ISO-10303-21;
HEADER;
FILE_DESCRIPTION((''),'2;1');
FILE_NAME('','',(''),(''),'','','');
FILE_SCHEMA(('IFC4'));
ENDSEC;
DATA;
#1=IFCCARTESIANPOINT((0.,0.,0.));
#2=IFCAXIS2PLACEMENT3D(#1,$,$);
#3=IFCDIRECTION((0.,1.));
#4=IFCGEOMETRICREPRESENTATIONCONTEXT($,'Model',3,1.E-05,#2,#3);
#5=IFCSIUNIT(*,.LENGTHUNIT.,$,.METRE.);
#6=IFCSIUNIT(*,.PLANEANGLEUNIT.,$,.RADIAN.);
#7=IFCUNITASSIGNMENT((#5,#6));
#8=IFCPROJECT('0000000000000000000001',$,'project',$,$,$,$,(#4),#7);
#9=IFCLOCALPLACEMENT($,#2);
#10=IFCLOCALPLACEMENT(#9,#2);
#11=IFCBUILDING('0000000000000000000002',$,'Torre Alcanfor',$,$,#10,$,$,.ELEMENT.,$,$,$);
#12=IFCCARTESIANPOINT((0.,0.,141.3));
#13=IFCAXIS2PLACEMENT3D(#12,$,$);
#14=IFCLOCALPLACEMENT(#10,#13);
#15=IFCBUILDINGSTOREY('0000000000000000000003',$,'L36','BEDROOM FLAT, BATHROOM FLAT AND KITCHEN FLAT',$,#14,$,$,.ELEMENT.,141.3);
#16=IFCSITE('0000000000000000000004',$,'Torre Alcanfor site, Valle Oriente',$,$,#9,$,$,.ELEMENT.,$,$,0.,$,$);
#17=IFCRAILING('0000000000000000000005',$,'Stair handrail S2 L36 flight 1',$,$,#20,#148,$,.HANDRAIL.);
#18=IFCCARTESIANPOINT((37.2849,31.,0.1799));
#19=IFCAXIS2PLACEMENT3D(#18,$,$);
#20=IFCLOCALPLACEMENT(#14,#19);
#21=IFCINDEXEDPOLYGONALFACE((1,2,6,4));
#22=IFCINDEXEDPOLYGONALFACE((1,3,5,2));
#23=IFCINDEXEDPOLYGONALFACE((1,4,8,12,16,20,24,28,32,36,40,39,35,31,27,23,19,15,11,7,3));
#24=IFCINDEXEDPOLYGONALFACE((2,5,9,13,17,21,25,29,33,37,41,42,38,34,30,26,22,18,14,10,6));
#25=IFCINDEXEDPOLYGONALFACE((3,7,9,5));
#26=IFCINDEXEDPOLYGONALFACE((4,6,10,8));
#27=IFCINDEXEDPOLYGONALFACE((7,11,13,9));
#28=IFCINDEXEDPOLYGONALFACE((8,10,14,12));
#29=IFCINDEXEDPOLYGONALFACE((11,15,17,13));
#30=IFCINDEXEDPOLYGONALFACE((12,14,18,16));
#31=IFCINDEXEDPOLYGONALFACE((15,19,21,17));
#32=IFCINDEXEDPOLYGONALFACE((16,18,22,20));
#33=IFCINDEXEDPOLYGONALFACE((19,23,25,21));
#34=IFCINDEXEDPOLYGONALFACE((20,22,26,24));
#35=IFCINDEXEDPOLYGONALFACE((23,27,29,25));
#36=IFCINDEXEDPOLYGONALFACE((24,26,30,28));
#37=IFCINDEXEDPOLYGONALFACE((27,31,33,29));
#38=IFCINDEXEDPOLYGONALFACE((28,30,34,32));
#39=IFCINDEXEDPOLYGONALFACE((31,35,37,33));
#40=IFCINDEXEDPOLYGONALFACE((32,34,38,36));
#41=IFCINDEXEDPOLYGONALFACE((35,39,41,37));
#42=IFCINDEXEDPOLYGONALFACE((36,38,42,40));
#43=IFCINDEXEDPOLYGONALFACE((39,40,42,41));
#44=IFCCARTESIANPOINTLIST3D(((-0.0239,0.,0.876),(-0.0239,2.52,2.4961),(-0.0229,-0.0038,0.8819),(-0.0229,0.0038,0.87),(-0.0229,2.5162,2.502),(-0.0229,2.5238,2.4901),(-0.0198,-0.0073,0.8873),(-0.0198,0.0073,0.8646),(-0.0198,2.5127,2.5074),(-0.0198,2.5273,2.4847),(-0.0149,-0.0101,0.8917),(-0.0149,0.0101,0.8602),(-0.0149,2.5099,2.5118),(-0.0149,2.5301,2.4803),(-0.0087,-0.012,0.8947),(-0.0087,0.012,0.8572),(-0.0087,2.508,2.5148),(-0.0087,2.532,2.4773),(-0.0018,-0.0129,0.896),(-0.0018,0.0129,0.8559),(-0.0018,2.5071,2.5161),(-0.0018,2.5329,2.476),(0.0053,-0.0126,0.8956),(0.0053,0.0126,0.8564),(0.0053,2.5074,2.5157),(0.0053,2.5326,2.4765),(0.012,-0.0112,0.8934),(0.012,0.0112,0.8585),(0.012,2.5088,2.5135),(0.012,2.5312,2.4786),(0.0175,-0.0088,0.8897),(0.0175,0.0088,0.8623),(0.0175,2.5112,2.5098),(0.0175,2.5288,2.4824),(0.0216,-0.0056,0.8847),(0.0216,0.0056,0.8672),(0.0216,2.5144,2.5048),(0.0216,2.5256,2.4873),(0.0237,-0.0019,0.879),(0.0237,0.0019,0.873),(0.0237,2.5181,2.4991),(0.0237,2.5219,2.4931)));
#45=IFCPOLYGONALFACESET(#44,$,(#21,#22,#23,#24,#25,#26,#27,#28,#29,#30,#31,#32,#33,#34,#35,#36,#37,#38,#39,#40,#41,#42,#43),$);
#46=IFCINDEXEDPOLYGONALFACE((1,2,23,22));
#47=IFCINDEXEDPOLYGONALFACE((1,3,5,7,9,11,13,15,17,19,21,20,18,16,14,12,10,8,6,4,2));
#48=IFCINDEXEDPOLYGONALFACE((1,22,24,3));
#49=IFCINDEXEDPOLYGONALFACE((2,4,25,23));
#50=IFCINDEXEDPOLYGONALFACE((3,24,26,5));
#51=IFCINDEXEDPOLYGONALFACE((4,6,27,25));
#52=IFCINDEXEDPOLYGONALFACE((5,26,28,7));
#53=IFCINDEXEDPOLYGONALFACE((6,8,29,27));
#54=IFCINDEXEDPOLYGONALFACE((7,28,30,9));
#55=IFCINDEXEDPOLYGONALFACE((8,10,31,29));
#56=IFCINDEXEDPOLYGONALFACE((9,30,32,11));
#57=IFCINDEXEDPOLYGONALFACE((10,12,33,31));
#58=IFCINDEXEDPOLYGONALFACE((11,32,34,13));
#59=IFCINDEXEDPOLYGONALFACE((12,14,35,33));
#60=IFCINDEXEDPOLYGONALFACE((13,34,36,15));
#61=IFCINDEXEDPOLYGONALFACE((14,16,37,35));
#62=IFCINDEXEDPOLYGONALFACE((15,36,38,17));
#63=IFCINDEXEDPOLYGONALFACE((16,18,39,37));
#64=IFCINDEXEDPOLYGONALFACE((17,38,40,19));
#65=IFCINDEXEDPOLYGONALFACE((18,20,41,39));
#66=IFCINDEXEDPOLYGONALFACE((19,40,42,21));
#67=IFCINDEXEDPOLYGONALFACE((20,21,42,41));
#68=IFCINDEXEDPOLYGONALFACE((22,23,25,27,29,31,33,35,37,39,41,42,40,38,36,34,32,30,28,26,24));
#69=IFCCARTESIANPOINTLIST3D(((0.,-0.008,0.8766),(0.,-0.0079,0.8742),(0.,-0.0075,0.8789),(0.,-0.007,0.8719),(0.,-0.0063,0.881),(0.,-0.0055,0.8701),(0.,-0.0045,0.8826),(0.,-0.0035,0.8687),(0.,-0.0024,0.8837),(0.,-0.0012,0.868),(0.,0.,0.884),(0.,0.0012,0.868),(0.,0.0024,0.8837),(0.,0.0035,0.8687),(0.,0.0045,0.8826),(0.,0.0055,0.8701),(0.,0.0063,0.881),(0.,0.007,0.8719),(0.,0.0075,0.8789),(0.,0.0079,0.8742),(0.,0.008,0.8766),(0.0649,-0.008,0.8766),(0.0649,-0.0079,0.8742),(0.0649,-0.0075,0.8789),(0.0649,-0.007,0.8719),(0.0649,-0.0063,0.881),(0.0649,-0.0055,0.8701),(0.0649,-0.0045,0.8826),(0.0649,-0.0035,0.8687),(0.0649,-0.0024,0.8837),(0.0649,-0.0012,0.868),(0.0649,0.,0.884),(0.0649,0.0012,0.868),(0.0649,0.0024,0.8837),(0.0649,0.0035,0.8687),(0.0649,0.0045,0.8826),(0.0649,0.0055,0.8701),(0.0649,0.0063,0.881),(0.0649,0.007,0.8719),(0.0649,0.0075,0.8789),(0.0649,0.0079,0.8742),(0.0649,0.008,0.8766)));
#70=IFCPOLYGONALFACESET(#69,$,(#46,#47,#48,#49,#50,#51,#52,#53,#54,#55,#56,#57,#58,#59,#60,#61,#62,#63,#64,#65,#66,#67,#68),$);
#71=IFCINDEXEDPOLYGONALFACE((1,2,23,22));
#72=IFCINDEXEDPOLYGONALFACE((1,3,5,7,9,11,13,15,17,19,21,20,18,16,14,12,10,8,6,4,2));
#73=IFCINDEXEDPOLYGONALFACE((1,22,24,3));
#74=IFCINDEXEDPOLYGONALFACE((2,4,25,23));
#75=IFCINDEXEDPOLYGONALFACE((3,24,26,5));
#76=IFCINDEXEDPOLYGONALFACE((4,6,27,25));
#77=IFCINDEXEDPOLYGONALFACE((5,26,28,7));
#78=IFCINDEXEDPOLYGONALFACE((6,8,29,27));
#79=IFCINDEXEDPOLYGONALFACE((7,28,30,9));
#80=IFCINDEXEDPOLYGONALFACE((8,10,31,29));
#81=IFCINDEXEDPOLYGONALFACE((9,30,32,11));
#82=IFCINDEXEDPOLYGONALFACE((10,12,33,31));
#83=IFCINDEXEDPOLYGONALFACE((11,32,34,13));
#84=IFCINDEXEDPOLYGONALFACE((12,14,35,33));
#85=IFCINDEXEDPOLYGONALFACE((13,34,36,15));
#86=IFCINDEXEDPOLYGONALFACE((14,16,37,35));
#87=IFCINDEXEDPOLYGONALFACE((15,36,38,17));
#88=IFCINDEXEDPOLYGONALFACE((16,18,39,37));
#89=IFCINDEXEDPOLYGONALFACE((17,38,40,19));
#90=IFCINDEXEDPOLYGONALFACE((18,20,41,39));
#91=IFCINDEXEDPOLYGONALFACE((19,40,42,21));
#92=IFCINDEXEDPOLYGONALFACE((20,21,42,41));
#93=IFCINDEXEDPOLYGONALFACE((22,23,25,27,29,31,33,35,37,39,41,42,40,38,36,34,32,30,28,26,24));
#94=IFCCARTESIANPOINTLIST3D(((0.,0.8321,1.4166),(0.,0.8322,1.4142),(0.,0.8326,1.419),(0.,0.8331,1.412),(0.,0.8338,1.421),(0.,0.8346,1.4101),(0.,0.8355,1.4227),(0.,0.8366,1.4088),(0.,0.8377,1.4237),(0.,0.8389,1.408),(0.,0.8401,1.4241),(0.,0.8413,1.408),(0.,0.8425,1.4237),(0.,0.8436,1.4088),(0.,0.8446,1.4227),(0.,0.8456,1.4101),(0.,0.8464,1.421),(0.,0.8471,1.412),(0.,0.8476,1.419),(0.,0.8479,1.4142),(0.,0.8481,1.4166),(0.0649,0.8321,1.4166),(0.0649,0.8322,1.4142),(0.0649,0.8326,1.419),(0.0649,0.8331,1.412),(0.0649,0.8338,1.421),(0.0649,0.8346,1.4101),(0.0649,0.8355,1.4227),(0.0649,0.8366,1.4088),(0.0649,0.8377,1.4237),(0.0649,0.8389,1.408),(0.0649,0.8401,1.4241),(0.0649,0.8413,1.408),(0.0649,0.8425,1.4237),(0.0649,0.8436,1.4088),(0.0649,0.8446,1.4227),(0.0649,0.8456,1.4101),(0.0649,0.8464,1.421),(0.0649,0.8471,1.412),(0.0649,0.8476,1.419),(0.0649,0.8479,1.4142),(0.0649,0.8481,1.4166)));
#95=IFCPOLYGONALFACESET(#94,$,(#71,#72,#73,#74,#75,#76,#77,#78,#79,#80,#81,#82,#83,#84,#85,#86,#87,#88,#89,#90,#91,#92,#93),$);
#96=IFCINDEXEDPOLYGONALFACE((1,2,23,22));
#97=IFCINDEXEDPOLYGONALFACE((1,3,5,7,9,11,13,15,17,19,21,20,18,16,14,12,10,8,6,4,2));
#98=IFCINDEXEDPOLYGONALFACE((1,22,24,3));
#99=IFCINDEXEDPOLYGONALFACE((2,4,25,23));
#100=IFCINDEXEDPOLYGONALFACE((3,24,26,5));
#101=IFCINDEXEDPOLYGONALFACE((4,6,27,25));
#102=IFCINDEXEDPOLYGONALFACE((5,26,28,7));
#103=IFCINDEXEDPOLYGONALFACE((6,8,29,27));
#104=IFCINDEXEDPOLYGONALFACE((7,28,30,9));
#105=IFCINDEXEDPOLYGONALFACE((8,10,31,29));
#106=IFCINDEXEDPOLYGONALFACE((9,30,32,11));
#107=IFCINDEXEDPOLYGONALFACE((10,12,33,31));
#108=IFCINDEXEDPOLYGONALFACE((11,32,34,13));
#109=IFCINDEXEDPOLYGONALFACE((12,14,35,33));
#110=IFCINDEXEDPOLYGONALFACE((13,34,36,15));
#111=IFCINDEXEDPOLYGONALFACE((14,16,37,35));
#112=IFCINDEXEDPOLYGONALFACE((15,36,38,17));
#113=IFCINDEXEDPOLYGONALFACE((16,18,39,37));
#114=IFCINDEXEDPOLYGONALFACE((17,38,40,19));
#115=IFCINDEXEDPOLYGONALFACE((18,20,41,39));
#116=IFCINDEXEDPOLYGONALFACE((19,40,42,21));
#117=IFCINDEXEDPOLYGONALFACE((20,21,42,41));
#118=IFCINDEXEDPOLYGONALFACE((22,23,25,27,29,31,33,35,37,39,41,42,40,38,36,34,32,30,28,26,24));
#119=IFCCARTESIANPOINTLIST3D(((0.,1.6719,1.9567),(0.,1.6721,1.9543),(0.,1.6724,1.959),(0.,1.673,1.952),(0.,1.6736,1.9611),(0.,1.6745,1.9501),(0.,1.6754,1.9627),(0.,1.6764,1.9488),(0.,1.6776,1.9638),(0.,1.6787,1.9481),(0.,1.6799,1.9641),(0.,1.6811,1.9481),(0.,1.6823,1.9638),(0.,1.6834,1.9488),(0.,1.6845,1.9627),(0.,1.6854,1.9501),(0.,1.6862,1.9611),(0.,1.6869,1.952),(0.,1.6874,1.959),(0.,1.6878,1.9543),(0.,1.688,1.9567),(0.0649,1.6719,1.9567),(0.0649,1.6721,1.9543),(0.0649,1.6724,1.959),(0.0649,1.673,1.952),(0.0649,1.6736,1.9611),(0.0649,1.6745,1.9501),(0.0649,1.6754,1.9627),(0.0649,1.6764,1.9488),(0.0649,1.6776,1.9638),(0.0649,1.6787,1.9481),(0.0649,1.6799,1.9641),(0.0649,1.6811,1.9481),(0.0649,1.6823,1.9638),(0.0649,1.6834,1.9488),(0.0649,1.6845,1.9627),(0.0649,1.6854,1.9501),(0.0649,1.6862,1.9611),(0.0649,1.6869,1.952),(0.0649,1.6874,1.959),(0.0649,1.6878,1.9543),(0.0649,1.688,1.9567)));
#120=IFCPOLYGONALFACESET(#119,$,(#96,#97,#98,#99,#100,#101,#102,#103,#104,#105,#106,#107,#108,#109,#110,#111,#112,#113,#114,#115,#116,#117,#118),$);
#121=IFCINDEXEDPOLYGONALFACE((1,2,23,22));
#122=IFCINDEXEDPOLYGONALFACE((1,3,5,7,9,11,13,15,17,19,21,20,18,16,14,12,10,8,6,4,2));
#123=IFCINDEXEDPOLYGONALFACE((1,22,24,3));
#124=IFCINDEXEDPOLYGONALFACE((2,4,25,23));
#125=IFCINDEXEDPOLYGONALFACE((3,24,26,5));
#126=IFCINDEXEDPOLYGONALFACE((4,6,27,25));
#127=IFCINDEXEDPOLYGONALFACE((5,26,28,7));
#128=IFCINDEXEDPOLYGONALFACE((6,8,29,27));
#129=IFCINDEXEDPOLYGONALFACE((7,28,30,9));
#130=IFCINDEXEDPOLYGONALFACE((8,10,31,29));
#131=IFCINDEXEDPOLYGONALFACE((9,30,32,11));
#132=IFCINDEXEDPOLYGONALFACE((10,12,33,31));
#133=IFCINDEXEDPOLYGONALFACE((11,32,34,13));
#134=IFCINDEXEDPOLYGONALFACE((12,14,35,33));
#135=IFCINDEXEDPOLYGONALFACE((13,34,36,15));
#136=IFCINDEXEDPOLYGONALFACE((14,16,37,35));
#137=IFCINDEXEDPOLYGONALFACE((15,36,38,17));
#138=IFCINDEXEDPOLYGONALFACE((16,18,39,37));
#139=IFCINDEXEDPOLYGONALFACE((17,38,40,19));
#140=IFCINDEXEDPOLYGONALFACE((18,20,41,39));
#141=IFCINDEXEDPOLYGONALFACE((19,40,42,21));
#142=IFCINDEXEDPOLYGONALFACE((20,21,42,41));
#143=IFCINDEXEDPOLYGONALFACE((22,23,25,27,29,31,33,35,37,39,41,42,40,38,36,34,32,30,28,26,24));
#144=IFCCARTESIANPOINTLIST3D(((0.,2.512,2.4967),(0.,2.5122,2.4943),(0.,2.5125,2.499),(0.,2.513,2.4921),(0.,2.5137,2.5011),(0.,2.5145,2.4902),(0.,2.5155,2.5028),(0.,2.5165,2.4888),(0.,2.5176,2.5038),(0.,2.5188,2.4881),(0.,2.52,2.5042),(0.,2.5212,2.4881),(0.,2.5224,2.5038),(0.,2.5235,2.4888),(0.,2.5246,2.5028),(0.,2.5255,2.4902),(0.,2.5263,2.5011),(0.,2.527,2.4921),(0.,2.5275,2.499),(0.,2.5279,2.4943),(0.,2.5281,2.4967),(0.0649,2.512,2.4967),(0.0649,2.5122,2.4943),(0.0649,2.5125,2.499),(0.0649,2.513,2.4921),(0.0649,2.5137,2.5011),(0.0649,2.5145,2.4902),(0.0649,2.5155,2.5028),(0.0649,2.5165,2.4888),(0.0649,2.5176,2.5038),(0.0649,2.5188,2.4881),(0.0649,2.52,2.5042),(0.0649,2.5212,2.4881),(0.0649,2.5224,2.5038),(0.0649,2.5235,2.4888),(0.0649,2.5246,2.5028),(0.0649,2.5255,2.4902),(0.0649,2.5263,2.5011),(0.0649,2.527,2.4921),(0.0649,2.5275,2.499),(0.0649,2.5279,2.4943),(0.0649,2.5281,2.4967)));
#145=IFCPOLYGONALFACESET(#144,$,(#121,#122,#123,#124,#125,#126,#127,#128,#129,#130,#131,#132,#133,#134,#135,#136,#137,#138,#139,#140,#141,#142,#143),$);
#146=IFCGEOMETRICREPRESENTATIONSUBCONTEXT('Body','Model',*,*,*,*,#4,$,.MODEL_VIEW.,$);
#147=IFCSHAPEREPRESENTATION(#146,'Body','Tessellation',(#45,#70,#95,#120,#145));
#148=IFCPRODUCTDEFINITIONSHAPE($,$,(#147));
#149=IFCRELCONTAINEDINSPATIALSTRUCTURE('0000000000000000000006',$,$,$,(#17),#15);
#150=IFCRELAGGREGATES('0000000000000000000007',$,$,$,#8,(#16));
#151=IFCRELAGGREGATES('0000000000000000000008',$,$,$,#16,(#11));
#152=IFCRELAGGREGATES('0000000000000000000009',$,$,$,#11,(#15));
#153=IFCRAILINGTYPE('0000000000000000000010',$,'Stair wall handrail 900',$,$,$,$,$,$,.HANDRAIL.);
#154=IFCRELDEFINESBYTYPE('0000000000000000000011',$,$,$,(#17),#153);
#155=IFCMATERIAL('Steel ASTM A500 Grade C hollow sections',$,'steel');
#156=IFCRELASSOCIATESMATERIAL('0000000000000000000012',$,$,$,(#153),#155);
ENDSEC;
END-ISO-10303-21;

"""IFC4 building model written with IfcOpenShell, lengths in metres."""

from ifc_helpers import new_model, si_unit, direction, frame, origin, origin_2d, place, context, subcontext, project, spatial, circle, extrude, material, type_object, element, save


model = new_model("IFC4")

# Units and contexts
model_context = context("Model", 3, precision=1e-05, world=origin(), true_north=direction((0.0, 1.0)))
body_context = subcontext(model_context, "Body", "Model", "MODEL_VIEW")
ifc_project = project(units=[si_unit("LENGTHUNIT", "METRE"), si_unit("PLANEANGLEUNIT", "RADIAN")], contexts=[model_context])

# Site, building, storey
site_placement = place(None, origin())
site = spatial("IfcSite", under=ifc_project, at=site_placement, Name="Torre Alcanfor site, Valle Oriente", CompositionType="ELEMENT", RefElevation=0.0)
building_placement = place(site_placement, origin())
building = spatial("IfcBuilding", under=site, at=building_placement, Name="Torre Alcanfor", CompositionType="ELEMENT")
storey_placement = place(building_placement, frame((0.0, 0.0, 141.3)))
storey = spatial("IfcBuildingStorey", under=building, at=storey_placement, Name="L36", Description="BEDROOM FLAT, BATHROOM FLAT AND KITCHEN FLAT", CompositionType="ELEMENT", Elevation=141.3)

# Railing
ifc_material_1 = material(Name="Steel ASTM A500 Grade C hollow sections", Category="steel")
railing_type_1 = type_object("IfcRailingType", Name="Stair wall handrail 900", PredefinedType="HANDRAIL", material=ifc_material_1)
railing_1_placement = place(storey_placement, frame((37.2849, 31.0, 0.1799)))
element("IfcRailing", 1, at=railing_1_placement, inside=storey, type_object=railing_type_1, Name="Stair handrail S2 L36 flight 1", PredefinedType="HANDRAIL", context=body_context, shape_type="SweptSolid", body=[
    extrude(circle(Radius=0.0239, at=origin_2d()), frame((0.0, 0.0, 0.876), z_axis=(0.0, 0.841163, 0.540782), x_axis=(-1.0, 0.0, 0.0)), (0.0, 0.0, 1.0), 2.9958),
    extrude(circle(Radius=0.0081, at=origin_2d()), frame((0.0, 0.0, 0.876), z_axis=(1.0, 0.0, 0.0), x_axis=(0.0, 0.0, 1.0)), (0.0, 0.0, 1.0), 0.0649),
    extrude(circle(Radius=0.0081, at=origin_2d()), frame((0.0, 0.8401, 1.416), z_axis=(1.0, 0.0, 0.0), x_axis=(0.0, 0.0, 1.0)), (0.0, 0.0, 1.0), 0.0649),
    extrude(circle(Radius=0.0081, at=origin_2d()), frame((0.0, 1.6799, 1.9561), z_axis=(1.0, 0.0, 0.0), x_axis=(0.0, 0.0, 1.0)), (0.0, 0.0, 1.0), 0.0649),
    extrude(circle(Radius=0.0081, at=origin_2d()), frame((0.0, 2.52, 2.4961), z_axis=(1.0, 0.0, 0.0), x_axis=(0.0, 0.0, 1.0)), (0.0, 0.0, 1.0), 0.0649),
])

save(model, "model.ifc")
